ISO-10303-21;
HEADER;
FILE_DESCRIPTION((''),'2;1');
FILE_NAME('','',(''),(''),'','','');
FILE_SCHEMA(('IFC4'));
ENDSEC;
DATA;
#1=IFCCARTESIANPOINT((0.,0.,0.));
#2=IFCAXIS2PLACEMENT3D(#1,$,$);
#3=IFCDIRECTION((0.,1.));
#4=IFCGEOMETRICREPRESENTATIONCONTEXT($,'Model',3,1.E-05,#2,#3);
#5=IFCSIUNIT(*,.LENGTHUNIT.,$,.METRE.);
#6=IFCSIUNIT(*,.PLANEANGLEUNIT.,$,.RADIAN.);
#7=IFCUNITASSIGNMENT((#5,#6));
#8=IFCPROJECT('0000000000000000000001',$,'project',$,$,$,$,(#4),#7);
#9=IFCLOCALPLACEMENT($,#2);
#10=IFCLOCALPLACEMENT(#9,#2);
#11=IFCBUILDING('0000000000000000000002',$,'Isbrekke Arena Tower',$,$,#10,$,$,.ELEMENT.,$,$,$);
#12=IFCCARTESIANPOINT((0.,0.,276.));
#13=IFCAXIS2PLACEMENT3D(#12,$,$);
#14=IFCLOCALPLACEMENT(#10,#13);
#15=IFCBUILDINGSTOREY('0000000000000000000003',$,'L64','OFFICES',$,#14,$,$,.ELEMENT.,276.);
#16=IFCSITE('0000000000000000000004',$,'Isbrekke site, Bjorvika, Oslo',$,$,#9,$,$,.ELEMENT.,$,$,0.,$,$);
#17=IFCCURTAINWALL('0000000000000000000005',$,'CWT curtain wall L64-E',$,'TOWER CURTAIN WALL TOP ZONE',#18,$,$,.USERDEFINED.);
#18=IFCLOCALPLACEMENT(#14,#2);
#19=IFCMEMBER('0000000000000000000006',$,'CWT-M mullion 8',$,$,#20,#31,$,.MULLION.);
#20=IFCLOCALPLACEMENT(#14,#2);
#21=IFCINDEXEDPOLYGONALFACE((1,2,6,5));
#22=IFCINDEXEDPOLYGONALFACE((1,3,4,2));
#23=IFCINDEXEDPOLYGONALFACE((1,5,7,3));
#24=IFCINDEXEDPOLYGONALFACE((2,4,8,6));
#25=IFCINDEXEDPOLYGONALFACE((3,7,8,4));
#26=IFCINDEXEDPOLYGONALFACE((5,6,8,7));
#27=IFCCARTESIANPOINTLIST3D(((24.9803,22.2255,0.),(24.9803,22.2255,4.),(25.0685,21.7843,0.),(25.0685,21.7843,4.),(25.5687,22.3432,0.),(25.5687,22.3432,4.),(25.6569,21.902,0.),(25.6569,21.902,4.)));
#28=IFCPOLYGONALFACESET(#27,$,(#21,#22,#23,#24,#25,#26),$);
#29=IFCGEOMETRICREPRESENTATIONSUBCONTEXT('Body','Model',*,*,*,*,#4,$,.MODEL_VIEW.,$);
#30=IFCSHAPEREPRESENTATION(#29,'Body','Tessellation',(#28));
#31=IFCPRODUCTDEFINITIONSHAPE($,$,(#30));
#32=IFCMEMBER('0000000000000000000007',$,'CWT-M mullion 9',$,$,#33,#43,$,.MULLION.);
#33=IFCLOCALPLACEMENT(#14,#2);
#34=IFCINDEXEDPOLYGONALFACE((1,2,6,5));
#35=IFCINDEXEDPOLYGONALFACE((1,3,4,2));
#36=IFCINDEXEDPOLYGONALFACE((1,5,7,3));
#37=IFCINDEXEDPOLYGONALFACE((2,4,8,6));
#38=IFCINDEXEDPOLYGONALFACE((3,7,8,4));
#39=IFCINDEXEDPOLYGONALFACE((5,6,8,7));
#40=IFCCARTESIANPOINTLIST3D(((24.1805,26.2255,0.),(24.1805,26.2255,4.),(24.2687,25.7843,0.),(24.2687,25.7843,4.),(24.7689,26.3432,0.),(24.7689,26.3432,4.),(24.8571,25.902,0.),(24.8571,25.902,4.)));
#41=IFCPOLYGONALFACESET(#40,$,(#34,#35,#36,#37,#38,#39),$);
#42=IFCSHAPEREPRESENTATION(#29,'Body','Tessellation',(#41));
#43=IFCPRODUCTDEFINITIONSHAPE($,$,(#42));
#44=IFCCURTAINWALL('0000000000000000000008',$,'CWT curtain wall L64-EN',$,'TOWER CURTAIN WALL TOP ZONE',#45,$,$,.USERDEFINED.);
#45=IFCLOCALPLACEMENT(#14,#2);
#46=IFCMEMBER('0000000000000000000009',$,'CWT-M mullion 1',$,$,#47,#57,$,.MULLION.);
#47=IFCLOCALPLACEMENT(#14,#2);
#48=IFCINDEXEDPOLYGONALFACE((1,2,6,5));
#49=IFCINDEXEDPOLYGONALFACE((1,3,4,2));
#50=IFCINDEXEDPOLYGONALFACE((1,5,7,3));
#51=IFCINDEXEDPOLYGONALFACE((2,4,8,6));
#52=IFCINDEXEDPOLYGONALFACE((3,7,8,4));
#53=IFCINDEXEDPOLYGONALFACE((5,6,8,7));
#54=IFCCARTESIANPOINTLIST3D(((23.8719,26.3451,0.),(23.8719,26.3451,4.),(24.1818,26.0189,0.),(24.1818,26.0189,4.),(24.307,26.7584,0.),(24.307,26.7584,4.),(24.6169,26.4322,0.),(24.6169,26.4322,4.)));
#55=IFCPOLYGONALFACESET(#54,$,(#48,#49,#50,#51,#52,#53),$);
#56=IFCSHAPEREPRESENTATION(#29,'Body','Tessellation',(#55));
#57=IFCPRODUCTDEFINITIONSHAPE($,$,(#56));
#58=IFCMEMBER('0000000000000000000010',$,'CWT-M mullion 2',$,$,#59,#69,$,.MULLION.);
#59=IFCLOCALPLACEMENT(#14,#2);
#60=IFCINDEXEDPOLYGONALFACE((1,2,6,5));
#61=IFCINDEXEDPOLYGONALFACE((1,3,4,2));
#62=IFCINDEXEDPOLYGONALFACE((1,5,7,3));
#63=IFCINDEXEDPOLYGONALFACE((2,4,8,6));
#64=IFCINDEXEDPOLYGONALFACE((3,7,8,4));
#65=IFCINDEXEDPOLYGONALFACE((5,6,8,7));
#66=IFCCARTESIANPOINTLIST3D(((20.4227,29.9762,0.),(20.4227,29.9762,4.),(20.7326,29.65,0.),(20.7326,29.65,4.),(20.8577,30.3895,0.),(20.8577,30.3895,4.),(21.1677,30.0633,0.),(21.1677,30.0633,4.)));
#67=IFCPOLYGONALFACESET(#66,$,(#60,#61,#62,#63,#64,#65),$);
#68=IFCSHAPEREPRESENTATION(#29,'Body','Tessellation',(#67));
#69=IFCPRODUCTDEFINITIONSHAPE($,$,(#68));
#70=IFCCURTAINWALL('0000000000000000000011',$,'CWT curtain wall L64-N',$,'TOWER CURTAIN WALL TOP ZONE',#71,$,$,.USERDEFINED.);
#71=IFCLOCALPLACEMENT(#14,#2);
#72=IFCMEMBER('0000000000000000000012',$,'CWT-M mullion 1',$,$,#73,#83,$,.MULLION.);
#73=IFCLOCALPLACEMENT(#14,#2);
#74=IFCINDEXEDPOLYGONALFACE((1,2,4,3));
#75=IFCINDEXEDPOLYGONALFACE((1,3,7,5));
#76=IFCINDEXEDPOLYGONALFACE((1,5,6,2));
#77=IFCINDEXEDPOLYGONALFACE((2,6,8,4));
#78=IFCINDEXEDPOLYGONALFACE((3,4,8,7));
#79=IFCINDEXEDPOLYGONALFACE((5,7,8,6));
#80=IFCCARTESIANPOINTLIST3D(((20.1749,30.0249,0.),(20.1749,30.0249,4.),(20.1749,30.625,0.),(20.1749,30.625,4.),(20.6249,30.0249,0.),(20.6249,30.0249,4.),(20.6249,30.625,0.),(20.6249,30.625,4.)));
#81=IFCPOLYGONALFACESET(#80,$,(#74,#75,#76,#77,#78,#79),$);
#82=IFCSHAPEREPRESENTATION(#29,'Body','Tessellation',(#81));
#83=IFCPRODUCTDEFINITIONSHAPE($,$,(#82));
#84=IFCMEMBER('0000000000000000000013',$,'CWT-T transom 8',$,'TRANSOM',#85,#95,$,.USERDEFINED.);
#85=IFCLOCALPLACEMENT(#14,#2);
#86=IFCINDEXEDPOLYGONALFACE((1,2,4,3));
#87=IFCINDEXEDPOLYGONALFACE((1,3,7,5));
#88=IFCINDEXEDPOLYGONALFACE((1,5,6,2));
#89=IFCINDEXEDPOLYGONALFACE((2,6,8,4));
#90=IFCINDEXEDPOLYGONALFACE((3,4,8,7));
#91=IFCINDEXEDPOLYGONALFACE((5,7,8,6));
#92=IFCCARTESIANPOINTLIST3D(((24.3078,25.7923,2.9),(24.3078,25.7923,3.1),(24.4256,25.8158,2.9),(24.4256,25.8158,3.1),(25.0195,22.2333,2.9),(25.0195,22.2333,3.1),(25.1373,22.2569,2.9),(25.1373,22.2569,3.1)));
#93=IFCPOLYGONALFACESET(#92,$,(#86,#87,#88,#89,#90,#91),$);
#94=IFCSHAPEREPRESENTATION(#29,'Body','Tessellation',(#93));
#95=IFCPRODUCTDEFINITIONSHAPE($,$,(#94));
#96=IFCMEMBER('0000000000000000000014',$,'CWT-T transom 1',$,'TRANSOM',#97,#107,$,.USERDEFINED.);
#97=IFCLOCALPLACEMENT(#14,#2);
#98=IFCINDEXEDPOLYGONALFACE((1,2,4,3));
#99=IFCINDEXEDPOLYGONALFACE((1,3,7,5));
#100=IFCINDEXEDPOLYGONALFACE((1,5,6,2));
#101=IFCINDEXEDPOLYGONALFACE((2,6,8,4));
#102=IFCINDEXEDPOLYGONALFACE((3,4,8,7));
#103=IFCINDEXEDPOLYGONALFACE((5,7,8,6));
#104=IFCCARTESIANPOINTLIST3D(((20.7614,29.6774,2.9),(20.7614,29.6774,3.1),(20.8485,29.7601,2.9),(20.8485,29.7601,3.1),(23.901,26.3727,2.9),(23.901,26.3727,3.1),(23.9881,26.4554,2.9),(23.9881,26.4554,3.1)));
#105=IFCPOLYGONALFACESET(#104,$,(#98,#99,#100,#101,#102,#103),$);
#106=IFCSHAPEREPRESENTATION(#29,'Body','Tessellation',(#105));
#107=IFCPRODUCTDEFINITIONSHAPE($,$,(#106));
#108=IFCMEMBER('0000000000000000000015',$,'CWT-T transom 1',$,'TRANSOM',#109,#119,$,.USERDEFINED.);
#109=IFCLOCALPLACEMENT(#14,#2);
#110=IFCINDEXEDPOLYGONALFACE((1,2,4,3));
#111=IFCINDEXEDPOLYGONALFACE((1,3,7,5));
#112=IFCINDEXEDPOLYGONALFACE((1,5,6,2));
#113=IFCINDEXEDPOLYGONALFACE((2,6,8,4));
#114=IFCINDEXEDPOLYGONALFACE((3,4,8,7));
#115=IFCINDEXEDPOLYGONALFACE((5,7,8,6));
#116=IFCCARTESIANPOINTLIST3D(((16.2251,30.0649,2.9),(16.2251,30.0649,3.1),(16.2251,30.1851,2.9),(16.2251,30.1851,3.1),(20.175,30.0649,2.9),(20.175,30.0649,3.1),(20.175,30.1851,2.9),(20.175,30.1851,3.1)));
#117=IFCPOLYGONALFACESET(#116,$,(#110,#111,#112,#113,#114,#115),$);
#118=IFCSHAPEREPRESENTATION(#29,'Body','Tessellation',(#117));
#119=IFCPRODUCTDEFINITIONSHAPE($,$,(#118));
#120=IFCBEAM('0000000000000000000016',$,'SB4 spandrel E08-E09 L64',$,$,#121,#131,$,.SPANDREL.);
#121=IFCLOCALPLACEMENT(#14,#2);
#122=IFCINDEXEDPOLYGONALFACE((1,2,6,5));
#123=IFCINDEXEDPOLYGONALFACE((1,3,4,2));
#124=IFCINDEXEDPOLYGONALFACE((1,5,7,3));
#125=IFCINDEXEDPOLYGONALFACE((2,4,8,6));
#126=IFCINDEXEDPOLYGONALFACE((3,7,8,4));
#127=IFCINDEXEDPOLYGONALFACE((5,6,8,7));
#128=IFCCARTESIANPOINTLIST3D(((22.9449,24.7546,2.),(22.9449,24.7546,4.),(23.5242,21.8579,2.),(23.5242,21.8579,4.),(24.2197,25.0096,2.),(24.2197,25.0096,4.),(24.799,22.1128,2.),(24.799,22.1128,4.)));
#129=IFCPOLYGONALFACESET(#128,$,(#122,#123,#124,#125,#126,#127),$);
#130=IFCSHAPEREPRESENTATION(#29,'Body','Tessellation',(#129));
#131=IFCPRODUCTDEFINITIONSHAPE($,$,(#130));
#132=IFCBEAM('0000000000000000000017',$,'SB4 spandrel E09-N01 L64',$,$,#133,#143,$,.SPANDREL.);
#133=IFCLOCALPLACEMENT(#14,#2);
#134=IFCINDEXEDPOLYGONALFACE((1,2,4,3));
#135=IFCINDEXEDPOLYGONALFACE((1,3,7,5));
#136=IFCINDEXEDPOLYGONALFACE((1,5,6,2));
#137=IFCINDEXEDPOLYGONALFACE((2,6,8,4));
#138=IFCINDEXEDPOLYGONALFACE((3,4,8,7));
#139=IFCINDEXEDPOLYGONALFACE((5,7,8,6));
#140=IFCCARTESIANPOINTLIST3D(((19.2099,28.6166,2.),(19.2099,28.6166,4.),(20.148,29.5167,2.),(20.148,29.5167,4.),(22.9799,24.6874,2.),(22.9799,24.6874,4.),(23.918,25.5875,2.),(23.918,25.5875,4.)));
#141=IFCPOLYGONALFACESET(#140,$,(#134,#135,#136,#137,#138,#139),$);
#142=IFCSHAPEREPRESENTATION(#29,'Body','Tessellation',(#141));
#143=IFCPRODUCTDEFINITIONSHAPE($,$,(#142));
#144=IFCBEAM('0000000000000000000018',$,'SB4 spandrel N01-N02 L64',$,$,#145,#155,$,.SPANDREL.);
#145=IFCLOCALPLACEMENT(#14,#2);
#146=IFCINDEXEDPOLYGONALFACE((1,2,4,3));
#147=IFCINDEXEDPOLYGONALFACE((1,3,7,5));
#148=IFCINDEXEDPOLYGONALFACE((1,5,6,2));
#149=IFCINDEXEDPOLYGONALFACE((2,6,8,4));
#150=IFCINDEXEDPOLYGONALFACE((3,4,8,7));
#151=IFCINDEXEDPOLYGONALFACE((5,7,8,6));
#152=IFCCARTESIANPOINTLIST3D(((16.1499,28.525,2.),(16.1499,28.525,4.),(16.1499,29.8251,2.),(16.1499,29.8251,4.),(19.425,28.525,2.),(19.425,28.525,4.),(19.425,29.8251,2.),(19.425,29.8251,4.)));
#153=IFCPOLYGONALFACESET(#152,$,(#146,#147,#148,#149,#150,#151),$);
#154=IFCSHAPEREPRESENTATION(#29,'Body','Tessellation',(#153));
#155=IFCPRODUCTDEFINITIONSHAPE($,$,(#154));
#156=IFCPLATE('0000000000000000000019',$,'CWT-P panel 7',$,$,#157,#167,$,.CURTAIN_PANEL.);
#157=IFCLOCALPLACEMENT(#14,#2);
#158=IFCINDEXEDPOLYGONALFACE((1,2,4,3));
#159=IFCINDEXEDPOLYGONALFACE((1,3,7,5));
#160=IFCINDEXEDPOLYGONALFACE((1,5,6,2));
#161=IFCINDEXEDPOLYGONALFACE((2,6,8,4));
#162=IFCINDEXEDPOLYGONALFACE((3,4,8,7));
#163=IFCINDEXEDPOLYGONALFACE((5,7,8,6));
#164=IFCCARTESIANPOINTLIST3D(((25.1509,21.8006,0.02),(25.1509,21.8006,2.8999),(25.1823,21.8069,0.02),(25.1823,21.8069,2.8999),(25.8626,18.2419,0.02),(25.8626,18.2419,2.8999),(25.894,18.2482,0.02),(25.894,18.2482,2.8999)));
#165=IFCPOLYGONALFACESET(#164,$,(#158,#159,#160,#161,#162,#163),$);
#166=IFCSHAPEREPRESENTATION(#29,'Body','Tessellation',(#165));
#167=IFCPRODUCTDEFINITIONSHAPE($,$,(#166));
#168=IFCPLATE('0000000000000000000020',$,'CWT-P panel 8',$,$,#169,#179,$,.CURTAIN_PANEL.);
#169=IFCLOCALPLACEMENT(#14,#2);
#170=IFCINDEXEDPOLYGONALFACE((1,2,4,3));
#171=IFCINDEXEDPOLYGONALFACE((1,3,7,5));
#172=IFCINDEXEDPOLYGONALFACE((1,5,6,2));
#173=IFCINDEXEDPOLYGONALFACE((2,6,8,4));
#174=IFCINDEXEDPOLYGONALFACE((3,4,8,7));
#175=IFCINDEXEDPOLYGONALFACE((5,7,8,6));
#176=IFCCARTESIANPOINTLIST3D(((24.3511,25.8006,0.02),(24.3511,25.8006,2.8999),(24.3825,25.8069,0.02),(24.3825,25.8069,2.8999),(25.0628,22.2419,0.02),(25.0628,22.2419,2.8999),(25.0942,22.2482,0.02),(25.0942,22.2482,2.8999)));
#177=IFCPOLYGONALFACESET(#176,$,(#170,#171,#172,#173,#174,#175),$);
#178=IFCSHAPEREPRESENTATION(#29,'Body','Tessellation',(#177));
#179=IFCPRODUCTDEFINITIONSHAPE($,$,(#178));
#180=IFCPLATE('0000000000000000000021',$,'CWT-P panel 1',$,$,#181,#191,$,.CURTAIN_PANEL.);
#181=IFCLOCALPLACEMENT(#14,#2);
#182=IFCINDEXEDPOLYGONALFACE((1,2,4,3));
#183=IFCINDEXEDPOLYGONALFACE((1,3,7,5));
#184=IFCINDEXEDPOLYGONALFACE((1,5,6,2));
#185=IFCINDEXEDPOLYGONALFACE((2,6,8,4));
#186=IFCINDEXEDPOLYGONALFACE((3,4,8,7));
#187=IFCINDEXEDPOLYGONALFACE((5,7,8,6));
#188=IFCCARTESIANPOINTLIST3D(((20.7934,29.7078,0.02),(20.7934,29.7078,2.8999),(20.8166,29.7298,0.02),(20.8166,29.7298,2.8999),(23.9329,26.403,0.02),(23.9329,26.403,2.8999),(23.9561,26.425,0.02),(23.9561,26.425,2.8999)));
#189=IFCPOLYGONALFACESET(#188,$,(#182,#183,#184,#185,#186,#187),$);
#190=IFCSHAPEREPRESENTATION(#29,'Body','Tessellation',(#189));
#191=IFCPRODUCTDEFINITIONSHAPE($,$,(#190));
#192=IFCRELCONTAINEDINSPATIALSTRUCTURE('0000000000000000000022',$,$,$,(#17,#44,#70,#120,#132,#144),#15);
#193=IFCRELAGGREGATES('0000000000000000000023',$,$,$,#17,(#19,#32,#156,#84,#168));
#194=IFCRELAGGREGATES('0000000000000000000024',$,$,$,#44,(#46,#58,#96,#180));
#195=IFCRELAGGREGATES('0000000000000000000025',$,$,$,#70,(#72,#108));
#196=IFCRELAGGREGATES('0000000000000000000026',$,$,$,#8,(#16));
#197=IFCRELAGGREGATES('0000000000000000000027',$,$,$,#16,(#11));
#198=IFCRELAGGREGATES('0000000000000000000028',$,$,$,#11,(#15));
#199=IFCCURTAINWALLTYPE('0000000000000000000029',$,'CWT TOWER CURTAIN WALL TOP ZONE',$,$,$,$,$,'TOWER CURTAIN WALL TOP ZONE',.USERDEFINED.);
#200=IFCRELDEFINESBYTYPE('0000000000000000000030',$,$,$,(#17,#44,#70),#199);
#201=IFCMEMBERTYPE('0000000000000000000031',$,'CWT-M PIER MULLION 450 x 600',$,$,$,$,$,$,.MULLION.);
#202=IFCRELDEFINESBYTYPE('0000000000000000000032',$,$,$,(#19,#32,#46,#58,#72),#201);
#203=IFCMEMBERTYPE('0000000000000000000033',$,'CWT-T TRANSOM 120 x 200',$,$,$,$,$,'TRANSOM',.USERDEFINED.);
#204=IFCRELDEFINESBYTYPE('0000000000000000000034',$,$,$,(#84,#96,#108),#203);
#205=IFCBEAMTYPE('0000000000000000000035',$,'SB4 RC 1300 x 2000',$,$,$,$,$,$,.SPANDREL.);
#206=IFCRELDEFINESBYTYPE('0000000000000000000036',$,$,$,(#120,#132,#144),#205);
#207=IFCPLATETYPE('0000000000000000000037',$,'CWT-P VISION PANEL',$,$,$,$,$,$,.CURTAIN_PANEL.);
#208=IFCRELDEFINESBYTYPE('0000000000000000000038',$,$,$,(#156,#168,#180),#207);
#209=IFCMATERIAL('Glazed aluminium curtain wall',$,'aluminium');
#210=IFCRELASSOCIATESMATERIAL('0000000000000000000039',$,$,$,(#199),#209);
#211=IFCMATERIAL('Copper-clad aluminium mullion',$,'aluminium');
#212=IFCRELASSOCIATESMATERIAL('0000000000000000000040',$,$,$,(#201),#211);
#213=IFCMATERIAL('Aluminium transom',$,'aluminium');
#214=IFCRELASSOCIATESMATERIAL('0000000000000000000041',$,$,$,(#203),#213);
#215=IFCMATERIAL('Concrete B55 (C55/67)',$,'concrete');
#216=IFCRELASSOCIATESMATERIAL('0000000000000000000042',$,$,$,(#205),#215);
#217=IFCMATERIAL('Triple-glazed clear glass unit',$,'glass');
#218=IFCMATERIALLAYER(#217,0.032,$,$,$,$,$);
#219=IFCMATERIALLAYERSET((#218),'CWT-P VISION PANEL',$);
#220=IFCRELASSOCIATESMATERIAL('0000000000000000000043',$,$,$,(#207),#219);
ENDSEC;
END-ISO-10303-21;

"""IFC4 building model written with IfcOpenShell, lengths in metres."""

from ifc_helpers import new_model, si_unit, direction, frame, origin, origin_2d, place, context, subcontext, project, spatial, rectangle, extrude, material, layer, layer_set, material_profile, profile_set, type_object, element, aggregate, save


model = new_model("IFC4")

# Units and contexts
model_context = context("Model", 3, precision=1e-05, world=origin(), true_north=direction((0.0, 1.0)))
body_context = subcontext(model_context, "Body", "Model", "MODEL_VIEW")
ifc_project = project(units=[si_unit("LENGTHUNIT", "METRE"), si_unit("PLANEANGLEUNIT", "RADIAN")], contexts=[model_context])

# Site, building, storey
site_placement = place(None, origin())
site = spatial("IfcSite", under=ifc_project, at=site_placement, Name="Isbrekke site, Bjorvika, Oslo", CompositionType="ELEMENT", RefElevation=0.0)
building_placement = place(site_placement, origin())
building = spatial("IfcBuilding", under=site, at=building_placement, Name="Isbrekke Arena Tower", CompositionType="ELEMENT")
storey_placement = place(building_placement, frame((0.0, 0.0, 276.0)))
storey = spatial("IfcBuildingStorey", under=building, at=storey_placement, Name="L64", Description="OFFICES", CompositionType="ELEMENT", Elevation=276.0)

# Curtain walls, members
ifc_material_1 = material(Name="Glazed aluminium curtain wall", Category="aluminium")
curtain_wall_type = type_object("IfcCurtainWallType", Name="CWT TOWER CURTAIN WALL TOP ZONE", ElementType="TOWER CURTAIN WALL TOP ZONE", PredefinedType="USERDEFINED", material=ifc_material_1)
curtain_wall_1_placement = place(storey_placement, origin())
curtain_wall_1 = element("IfcCurtainWall", 1, at=curtain_wall_1_placement, inside=storey, type_object=curtain_wall_type, Name="CWT curtain wall L64-E", ObjectType="TOWER CURTAIN WALL TOP ZONE", PredefinedType="USERDEFINED")
ifc_material_2 = material(Name="Copper-clad aluminium mullion", Category="aluminium")
ifc_material_profile_1 = material_profile(ifc_material_2, rectangle(XDim=0.45, YDim=0.6001, at=origin_2d()), Name="PIER 450X600")
ifc_profile_set_1 = profile_set([ifc_material_profile_1], Name="Copper-clad aluminium mullion")
member_type_1 = type_object("IfcMemberType", Name="CWT-M PIER MULLION 450 x 600", PredefinedType="MULLION", material=ifc_profile_set_1)
member_1_placement = place(storey_placement, frame((25.3186, 22.0637, 0.0), z_axis=(0.0, 0.0, 1.0), x_axis=(-0.196116, 0.980581, 0.0)))
member_1 = element("IfcMember", 2, at=member_1_placement, type_object=member_type_1, Name="CWT-M mullion 8", PredefinedType="MULLION", context=body_context, shape_type="SweptSolid", body=[
    extrude(rectangle(XDim=0.45, YDim=0.6001, at=origin_2d()), origin(), (0.0, 0.0, 1.0), 4.0),
])
member_2_placement = place(storey_placement, frame((24.5188, 26.0637, 0.0), z_axis=(0.0, 0.0, 1.0), x_axis=(-0.196116, 0.980581, 0.0)))
member_2 = element("IfcMember", 3, at=member_2_placement, type_object=member_type_1, Name="CWT-M mullion 9", PredefinedType="MULLION", context=body_context, shape_type="SweptSolid", body=[
    extrude(rectangle(XDim=0.45, YDim=0.6001, at=origin_2d()), origin(), (0.0, 0.0, 1.0), 4.0),
])
curtain_wall_2_placement = place(storey_placement, origin())
curtain_wall_2 = element("IfcCurtainWall", 4, at=curtain_wall_2_placement, inside=storey, type_object=curtain_wall_type, Name="CWT curtain wall L64-EN", ObjectType="TOWER CURTAIN WALL TOP ZONE", PredefinedType="USERDEFINED")
member_3_placement = place(storey_placement, frame((24.2444, 26.3887, 0.0), z_axis=(0.0, 0.0, 1.0), x_axis=(-0.688749, 0.724999, 0.0)))
member_3 = element("IfcMember", 5, at=member_3_placement, type_object=member_type_1, Name="CWT-M mullion 1", PredefinedType="MULLION", context=body_context, shape_type="SweptSolid", body=[
    extrude(rectangle(XDim=0.45, YDim=0.6001, at=origin_2d()), origin(), (0.0, 0.0, 1.0), 4.0),
])
member_4_placement = place(storey_placement, frame((20.7952, 30.0198, 0.0), z_axis=(0.0, 0.0, 1.0), x_axis=(-0.688749, 0.724999, 0.0)))
member_4 = element("IfcMember", 6, at=member_4_placement, type_object=member_type_1, Name="CWT-M mullion 2", PredefinedType="MULLION", context=body_context, shape_type="SweptSolid", body=[
    extrude(rectangle(XDim=0.45, YDim=0.6001, at=origin_2d()), origin(), (0.0, 0.0, 1.0), 4.0),
])

# Curtain wall, member
curtain_wall_3_placement = place(storey_placement, origin())
curtain_wall_3 = element("IfcCurtainWall", 7, at=curtain_wall_3_placement, inside=storey, type_object=curtain_wall_type, Name="CWT curtain wall L64-N", ObjectType="TOWER CURTAIN WALL TOP ZONE", PredefinedType="USERDEFINED")
member_5_placement = place(storey_placement, frame((20.3999, 30.325, 0.0), z_axis=(0.0, 0.0, 1.0), x_axis=(-1.0, 0.0, 0.0)))
member_5 = element("IfcMember", 8, at=member_5_placement, type_object=member_type_1, Name="CWT-M mullion 1", PredefinedType="MULLION", context=body_context, shape_type="SweptSolid", body=[
    extrude(rectangle(XDim=0.45, YDim=0.6001, at=origin_2d()), origin(), (0.0, 0.0, 1.0), 4.0),
])

# Members
ifc_material_3 = material(Name="Aluminium transom", Category="aluminium")
ifc_material_profile_2 = material_profile(ifc_material_3, rectangle(XDim=0.1201, YDim=0.2, at=origin_2d()), Name="TRANSOM 120X200")
ifc_profile_set_2 = profile_set([ifc_material_profile_2], Name="Aluminium transom")
member_type_2 = type_object("IfcMemberType", Name="CWT-T TRANSOM 120 x 200", ElementType="TRANSOM", PredefinedType="USERDEFINED", material=ifc_profile_set_2)
member_6_placement = place(storey_placement, frame((25.0784, 22.2451, 3.0), z_axis=(-0.19609, 0.980586, 0.0), x_axis=(-0.980586, -0.19609, 0.0)))
member_6 = element("IfcMember", 9, at=member_6_placement, type_object=member_type_2, Name="CWT-T transom 8", ObjectType="TRANSOM", PredefinedType="USERDEFINED", context=body_context, shape_type="SweptSolid", body=[
    extrude(rectangle(XDim=0.1201, YDim=0.2, at=origin_2d()), origin(), (0.0, 0.0, 1.0), 3.6294),
])
member_7_placement = place(storey_placement, frame((23.9446, 26.4141, 3.0), z_axis=(-0.688772, 0.724978, 0.0), x_axis=(-0.724978, -0.688772, 0.0)))
member_7 = element("IfcMember", 10, at=member_7_placement, type_object=member_type_2, Name="CWT-T transom 1", ObjectType="TRANSOM", PredefinedType="USERDEFINED", context=body_context, shape_type="SweptSolid", body=[
    extrude(rectangle(XDim=0.1201, YDim=0.2, at=origin_2d()), origin(), (0.0, 0.0, 1.0), 4.5583),
])
member_8_placement = place(storey_placement, frame((20.175, 30.125, 3.0), z_axis=(-1.0, 0.0, 0.0), x_axis=(0.0, -1.0, 0.0)))
member_8 = element("IfcMember", 11, at=member_8_placement, type_object=member_type_2, Name="CWT-T transom 1", ObjectType="TRANSOM", PredefinedType="USERDEFINED", context=body_context, shape_type="SweptSolid", body=[
    extrude(rectangle(XDim=0.1201, YDim=0.2, at=origin_2d()), origin(), (0.0, 0.0, 1.0), 3.95),
])

# Beams
ifc_material_4 = material(Name="Concrete B55 (C55/67)", Category="concrete")
ifc_material_profile_3 = material_profile(ifc_material_4, rectangle(XDim=1.3, YDim=2.0, at=origin_2d()), Name="RC 1300x2000")
ifc_profile_set_3 = profile_set([ifc_material_profile_3], Name="Concrete B55 (C55/67)")
beam_type_1 = type_object("IfcBeamType", Name="SB4 RC 1300 x 2000", PredefinedType="SPANDREL", material=ifc_profile_set_3)
beam_1_placement = place(storey_placement, frame((24.1616, 21.9854, 3.0), z_axis=(-0.196116, 0.980581, 0.0), x_axis=(-0.980581, -0.196116, 0.0)))
element("IfcBeam", 12, at=beam_1_placement, inside=storey, type_object=beam_type_1, Name="SB4 spandrel E08-E09 L64", PredefinedType="SPANDREL", context=body_context, shape_type="SweptSolid", body=[
    extrude(rectangle(XDim=1.3, YDim=2.0, at=origin_2d()), origin(), (0.0, 0.0, 1.0), 2.9541),
])
beam_2_placement = place(storey_placement, frame((23.449, 25.1375, 3.0), z_axis=(-0.69234, 0.721572, 0.0), x_axis=(-0.721572, -0.69234, 0.0)))
element("IfcBeam", 13, at=beam_2_placement, inside=storey, type_object=beam_type_1, Name="SB4 spandrel E09-N01 L64", PredefinedType="SPANDREL", context=body_context, shape_type="SweptSolid", body=[
    extrude(rectangle(XDim=1.3, YDim=2.0, at=origin_2d()), origin(), (0.0, 0.0, 1.0), 5.4453),
])
beam_3_placement = place(storey_placement, frame((19.425, 29.175, 3.0), z_axis=(-1.0, 0.0, 0.0), x_axis=(0.0, -1.0, 0.0)))
element("IfcBeam", 14, at=beam_3_placement, inside=storey, type_object=beam_type_1, Name="SB4 spandrel N01-N02 L64", PredefinedType="SPANDREL", context=body_context, shape_type="SweptSolid", body=[
    extrude(rectangle(XDim=1.3, YDim=2.0, at=origin_2d()), origin(), (0.0, 0.0, 1.0), 3.2751),
])

# Plates
ifc_material_5 = material(Name="Triple-glazed clear glass unit", Category="glass")
ifc_layer_1 = layer(ifc_material_5, 0.032)
ifc_layer_set_1 = layer_set([ifc_layer_1], Name="CWT-P VISION PANEL")
plate_type = type_object("IfcPlateType", Name="CWT-P VISION PANEL", PredefinedType="CURTAIN_PANEL", material=ifc_layer_set_1)
plate_1_placement = place(storey_placement, frame((25.5225, 20.0244, 0.02), z_axis=(0.0, 0.0, 1.0), x_axis=(-0.196116, 0.980581, 0.0)))
plate_1 = element("IfcPlate", 15, at=plate_1_placement, type_object=plate_type, Name="CWT-P panel 7", PredefinedType="CURTAIN_PANEL", context=body_context, shape_type="SweptSolid", body=[
    extrude(rectangle(XDim=3.6292, YDim=0.032, at=origin_2d()), origin(), (0.0, 0.0, 1.0), 2.8799),
])
plate_2_placement = place(storey_placement, frame((24.7227, 24.0244, 0.02), z_axis=(0.0, 0.0, 1.0), x_axis=(-0.196116, 0.980581, 0.0)))
plate_2 = element("IfcPlate", 16, at=plate_2_placement, type_object=plate_type, Name="CWT-P panel 8", PredefinedType="CURTAIN_PANEL", context=body_context, shape_type="SweptSolid", body=[
    extrude(rectangle(XDim=3.6292, YDim=0.032, at=origin_2d()), origin(), (0.0, 0.0, 1.0), 2.8799),
])
aggregate(curtain_wall_1, [member_1, member_2, plate_1, member_6, plate_2])
plate_3_placement = place(storey_placement, frame((22.3748, 28.0664, 0.02), z_axis=(0.0, 0.0, 1.0), x_axis=(-0.688749, 0.724999, 0.0)))
plate_3 = element("IfcPlate", 17, at=plate_3_placement, type_object=plate_type, Name="CWT-P panel 1", PredefinedType="CURTAIN_PANEL", context=body_context, shape_type="SweptSolid", body=[
    extrude(rectangle(XDim=4.5583, YDim=0.032, at=origin_2d()), origin(), (0.0, 0.0, 1.0), 2.8799),
])
aggregate(curtain_wall_2, [member_3, member_4, member_7, plate_3])
aggregate(curtain_wall_3, [member_5, member_8])

save(model, "model.ifc")
